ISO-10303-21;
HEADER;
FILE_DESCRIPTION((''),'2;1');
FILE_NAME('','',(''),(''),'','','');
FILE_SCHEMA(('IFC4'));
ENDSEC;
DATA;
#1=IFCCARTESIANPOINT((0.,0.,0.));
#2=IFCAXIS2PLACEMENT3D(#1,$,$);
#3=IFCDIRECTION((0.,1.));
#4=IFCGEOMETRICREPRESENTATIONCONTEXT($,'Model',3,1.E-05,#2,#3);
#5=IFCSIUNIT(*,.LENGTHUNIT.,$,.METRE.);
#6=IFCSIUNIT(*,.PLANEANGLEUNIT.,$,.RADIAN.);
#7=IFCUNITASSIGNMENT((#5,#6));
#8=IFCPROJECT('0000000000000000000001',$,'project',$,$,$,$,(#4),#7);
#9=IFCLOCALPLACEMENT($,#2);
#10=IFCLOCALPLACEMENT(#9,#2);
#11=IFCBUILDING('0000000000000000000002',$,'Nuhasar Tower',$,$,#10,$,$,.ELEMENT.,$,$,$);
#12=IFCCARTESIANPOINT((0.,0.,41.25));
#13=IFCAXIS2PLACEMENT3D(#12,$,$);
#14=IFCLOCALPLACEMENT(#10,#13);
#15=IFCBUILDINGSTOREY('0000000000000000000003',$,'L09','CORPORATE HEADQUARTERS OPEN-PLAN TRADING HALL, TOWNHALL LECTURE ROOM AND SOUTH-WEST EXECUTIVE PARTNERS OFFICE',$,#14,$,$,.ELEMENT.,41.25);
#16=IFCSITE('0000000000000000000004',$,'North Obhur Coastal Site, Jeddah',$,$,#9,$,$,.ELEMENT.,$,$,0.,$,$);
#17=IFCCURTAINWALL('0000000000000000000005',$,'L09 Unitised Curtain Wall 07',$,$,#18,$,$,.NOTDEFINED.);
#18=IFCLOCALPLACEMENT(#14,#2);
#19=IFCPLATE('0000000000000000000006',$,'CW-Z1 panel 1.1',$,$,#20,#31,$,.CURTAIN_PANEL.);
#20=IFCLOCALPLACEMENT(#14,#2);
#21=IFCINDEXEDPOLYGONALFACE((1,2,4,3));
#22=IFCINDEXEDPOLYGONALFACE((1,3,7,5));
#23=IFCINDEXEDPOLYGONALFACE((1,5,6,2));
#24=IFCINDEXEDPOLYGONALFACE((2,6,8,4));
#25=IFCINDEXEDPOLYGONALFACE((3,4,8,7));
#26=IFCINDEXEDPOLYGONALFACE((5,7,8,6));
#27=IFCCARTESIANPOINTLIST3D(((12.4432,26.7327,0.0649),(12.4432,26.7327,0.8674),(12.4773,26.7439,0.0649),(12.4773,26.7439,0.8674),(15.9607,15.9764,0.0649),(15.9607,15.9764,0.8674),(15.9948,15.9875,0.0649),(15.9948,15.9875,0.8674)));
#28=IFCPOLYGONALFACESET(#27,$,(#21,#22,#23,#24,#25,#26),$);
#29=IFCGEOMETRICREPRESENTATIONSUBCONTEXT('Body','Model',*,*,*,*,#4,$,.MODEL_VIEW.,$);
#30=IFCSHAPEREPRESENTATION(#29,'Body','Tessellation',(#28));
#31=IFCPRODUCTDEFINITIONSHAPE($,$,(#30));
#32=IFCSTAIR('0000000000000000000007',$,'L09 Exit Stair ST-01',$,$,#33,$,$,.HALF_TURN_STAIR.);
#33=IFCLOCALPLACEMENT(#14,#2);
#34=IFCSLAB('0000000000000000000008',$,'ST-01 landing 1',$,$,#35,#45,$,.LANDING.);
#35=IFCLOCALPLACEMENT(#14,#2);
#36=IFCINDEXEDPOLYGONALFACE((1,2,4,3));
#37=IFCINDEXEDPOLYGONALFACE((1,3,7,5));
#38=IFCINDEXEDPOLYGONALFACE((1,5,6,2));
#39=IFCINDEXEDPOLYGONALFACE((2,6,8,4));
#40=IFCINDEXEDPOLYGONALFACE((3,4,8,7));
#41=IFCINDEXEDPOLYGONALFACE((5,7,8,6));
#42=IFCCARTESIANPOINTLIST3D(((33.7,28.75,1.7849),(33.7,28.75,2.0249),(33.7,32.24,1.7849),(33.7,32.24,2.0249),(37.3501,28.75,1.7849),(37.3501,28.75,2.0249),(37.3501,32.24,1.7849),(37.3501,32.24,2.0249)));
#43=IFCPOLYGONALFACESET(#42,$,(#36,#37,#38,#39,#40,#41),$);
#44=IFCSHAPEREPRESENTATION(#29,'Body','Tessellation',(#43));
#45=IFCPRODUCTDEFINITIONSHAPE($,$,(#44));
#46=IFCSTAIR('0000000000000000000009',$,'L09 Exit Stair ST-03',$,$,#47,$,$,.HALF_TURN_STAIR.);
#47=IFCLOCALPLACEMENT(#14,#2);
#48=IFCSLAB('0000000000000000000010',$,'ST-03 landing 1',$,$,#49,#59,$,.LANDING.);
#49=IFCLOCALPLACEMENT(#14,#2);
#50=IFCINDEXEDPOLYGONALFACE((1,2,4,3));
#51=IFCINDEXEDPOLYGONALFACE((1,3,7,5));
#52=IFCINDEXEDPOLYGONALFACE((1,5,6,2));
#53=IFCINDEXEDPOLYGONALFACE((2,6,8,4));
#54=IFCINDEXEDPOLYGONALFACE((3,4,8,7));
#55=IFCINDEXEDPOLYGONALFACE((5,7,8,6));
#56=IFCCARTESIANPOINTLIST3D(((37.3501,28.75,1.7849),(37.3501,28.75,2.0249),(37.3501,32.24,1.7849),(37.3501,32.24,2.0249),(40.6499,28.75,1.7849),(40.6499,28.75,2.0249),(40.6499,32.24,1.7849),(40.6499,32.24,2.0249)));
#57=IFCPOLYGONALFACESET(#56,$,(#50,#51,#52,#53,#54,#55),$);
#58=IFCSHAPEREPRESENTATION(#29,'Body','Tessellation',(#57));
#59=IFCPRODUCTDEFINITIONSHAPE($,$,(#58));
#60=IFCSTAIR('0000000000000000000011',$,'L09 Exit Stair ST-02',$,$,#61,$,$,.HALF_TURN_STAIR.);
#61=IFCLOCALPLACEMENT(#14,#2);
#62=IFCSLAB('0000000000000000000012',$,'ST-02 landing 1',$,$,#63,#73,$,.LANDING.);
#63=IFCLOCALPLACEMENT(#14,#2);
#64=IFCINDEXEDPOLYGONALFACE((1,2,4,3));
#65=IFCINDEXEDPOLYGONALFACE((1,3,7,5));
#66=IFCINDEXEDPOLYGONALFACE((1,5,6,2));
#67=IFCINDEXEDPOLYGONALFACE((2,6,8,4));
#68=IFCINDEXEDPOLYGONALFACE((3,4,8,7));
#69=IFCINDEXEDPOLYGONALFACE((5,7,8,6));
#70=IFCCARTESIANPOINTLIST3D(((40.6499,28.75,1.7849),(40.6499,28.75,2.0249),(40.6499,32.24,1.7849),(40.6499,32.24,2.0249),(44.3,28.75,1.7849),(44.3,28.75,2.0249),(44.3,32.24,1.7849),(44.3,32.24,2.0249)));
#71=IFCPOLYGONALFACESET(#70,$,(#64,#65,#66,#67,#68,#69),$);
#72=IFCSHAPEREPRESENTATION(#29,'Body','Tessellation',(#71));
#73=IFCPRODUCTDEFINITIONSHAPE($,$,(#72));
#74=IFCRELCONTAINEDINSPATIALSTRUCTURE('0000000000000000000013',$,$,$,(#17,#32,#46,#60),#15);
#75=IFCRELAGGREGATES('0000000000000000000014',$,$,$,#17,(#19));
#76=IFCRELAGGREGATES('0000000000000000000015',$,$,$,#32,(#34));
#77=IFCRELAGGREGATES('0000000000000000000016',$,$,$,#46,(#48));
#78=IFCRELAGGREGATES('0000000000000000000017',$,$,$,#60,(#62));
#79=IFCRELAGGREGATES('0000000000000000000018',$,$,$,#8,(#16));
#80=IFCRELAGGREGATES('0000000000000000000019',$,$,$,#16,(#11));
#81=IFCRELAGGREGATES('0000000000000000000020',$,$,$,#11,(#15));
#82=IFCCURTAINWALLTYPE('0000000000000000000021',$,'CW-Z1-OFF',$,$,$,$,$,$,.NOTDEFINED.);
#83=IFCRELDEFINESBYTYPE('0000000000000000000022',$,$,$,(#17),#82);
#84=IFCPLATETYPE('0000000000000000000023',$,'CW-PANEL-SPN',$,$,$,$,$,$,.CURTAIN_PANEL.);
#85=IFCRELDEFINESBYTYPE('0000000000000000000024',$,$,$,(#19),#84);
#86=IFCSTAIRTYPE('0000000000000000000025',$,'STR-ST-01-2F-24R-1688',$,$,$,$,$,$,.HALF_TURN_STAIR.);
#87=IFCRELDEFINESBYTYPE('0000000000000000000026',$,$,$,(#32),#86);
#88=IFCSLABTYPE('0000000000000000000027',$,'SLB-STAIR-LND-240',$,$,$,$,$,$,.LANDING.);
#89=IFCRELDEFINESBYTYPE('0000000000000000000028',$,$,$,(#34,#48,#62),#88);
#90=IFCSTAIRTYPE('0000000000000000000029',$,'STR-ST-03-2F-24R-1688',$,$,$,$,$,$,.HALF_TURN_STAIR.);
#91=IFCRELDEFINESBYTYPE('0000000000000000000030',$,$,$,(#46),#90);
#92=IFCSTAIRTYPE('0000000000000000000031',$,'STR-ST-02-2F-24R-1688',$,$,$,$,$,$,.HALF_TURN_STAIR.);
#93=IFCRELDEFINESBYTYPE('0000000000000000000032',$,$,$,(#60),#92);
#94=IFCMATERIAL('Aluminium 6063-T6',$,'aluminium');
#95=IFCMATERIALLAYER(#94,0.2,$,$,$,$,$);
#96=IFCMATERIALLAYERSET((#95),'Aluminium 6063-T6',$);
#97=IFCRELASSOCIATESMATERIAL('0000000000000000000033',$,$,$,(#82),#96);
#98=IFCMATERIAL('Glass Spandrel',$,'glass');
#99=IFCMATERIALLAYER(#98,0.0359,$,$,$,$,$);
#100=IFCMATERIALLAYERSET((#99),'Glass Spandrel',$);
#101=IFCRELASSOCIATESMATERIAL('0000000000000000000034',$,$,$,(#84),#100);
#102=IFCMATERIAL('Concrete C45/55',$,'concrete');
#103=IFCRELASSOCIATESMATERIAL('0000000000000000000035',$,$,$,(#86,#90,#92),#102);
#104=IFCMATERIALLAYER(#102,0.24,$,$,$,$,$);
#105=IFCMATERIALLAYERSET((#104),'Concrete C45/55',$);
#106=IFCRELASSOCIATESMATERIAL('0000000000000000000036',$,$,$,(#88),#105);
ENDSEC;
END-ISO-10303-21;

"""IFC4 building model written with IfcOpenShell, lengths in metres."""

from ifc_helpers import new_model, si_unit, direction, frame, origin, origin_2d, place, context, subcontext, project, spatial, polyline, rectangle, outline, extrude, material, layer, layer_set, type_object, element, aggregate, save


model = new_model("IFC4")

# Units and contexts
model_context = context("Model", 3, precision=1e-05, world=origin(), true_north=direction((0.0, 1.0)))
body_context = subcontext(model_context, "Body", "Model", "MODEL_VIEW")
ifc_project = project(units=[si_unit("LENGTHUNIT", "METRE"), si_unit("PLANEANGLEUNIT", "RADIAN")], contexts=[model_context])

# Site, building, storey
site_placement = place(None, origin())
site = spatial("IfcSite", under=ifc_project, at=site_placement, Name="North Obhur Coastal Site, Jeddah", CompositionType="ELEMENT", RefElevation=0.0)
building_placement = place(site_placement, origin())
building = spatial("IfcBuilding", under=site, at=building_placement, Name="Nuhasar Tower", CompositionType="ELEMENT")
storey_placement = place(building_placement, frame((0.0, 0.0, 41.25)))
storey = spatial("IfcBuildingStorey", under=building, at=storey_placement, Name="L09", Description="CORPORATE HEADQUARTERS OPEN-PLAN TRADING HALL, TOWNHALL LECTURE ROOM AND SOUTH-WEST EXECUTIVE PARTNERS OFFICE", CompositionType="ELEMENT", Elevation=41.25)

# Curtain wall
ifc_material_1 = material(Name="Aluminium 6063-T6", Category="aluminium")
ifc_layer_1 = layer(ifc_material_1, 0.2)
ifc_layer_set_1 = layer_set([ifc_layer_1], Name="Aluminium 6063-T6")
curtain_wall_type = type_object("IfcCurtainWallType", Name="CW-Z1-OFF", PredefinedType="NOTDEFINED", material=ifc_layer_set_1)
curtain_wall_1_placement = place(storey_placement, origin())
curtain_wall_1 = element("IfcCurtainWall", 1, at=curtain_wall_1_placement, inside=storey, type_object=curtain_wall_type, Name="L09 Unitised Curtain Wall 07", PredefinedType="NOTDEFINED")

# Plate
ifc_material_2 = material(Name="Glass Spandrel", Category="glass")
ifc_layer_2 = layer(ifc_material_2, 0.0359)
ifc_layer_set_2 = layer_set([ifc_layer_2], Name="Glass Spandrel")
plate_type_1 = type_object("IfcPlateType", Name="CW-PANEL-SPN", PredefinedType="CURTAIN_PANEL", material=ifc_layer_set_2)
plate_1_placement = place(storey_placement, frame((14.219, 21.3601, 0.0649), z_axis=(0.0, 0.0, 1.0), x_axis=(0.310824, -0.950468, 0.0)))
plate_1 = element("IfcPlate", 2, at=plate_1_placement, type_object=plate_type_1, Name="CW-Z1 panel 1.1", PredefinedType="CURTAIN_PANEL", context=body_context, shape_type="SweptSolid", body=[
    extrude(rectangle(XDim=11.3169, YDim=0.0359, at=origin_2d()), origin(), (0.0, 0.0, 1.0), 0.8025),
])
aggregate(curtain_wall_1, [plate_1])

# Stairs, slabs
ifc_material_3 = material(Name="Concrete C45/55", Category="concrete")
stair_type_1 = type_object("IfcStairType", Name="STR-ST-01-2F-24R-1688", PredefinedType="HALF_TURN_STAIR", material=ifc_material_3)
stair_1_placement = place(storey_placement, origin())
stair_1 = element("IfcStair", 3, at=stair_1_placement, inside=storey, type_object=stair_type_1, Name="L09 Exit Stair ST-01", PredefinedType="HALF_TURN_STAIR")
ifc_layer_3 = layer(ifc_material_3, 0.24)
ifc_layer_set_3 = layer_set([ifc_layer_3], Name="Concrete C45/55")
slab_type_1 = type_object("IfcSlabType", Name="SLB-STAIR-LND-240", PredefinedType="LANDING", material=ifc_layer_set_3)
slab_1_placement = place(storey_placement, frame((0.0, 0.0, 1.7849)))
slab_1 = element("IfcSlab", 4, at=slab_1_placement, type_object=slab_type_1, Name="ST-01 landing 1", PredefinedType="LANDING", context=body_context, shape_type="SweptSolid", body=[
    extrude(outline(polyline([(33.7, 28.75), (37.3501, 28.75), (37.3501, 32.24), (33.7, 32.24), (33.7, 28.75)])), origin(), (0.0, 0.0, 1.0), 0.24),
])
aggregate(stair_1, [slab_1])
stair_type_2 = type_object("IfcStairType", Name="STR-ST-03-2F-24R-1688", PredefinedType="HALF_TURN_STAIR", material=ifc_material_3)
stair_2_placement = place(storey_placement, origin())
stair_2 = element("IfcStair", 5, at=stair_2_placement, inside=storey, type_object=stair_type_2, Name="L09 Exit Stair ST-03", PredefinedType="HALF_TURN_STAIR")
slab_2_placement = place(storey_placement, frame((0.0, 0.0, 1.7849)))
slab_2 = element("IfcSlab", 6, at=slab_2_placement, type_object=slab_type_1, Name="ST-03 landing 1", PredefinedType="LANDING", context=body_context, shape_type="SweptSolid", body=[
    extrude(outline(polyline([(37.3501, 28.75), (40.6499, 28.75), (40.6499, 32.24), (37.3501, 32.24), (37.3501, 28.75)])), origin(), (0.0, 0.0, 1.0), 0.24),
])
aggregate(stair_2, [slab_2])
stair_type_3 = type_object("IfcStairType", Name="STR-ST-02-2F-24R-1688", PredefinedType="HALF_TURN_STAIR", material=ifc_material_3)
stair_3_placement = place(storey_placement, origin())
stair_3 = element("IfcStair", 7, at=stair_3_placement, inside=storey, type_object=stair_type_3, Name="L09 Exit Stair ST-02", PredefinedType="HALF_TURN_STAIR")
slab_3_placement = place(storey_placement, frame((0.0, 0.0, 1.7849)))
slab_3 = element("IfcSlab", 8, at=slab_3_placement, type_object=slab_type_1, Name="ST-02 landing 1", PredefinedType="LANDING", context=body_context, shape_type="SweptSolid", body=[
    extrude(outline(polyline([(40.6499, 28.75), (44.3, 28.75), (44.3, 32.24), (40.6499, 32.24), (40.6499, 28.75)])), origin(), (0.0, 0.0, 1.0), 0.24),
])
aggregate(stair_3, [slab_3])

save(model, "model.ifc")
